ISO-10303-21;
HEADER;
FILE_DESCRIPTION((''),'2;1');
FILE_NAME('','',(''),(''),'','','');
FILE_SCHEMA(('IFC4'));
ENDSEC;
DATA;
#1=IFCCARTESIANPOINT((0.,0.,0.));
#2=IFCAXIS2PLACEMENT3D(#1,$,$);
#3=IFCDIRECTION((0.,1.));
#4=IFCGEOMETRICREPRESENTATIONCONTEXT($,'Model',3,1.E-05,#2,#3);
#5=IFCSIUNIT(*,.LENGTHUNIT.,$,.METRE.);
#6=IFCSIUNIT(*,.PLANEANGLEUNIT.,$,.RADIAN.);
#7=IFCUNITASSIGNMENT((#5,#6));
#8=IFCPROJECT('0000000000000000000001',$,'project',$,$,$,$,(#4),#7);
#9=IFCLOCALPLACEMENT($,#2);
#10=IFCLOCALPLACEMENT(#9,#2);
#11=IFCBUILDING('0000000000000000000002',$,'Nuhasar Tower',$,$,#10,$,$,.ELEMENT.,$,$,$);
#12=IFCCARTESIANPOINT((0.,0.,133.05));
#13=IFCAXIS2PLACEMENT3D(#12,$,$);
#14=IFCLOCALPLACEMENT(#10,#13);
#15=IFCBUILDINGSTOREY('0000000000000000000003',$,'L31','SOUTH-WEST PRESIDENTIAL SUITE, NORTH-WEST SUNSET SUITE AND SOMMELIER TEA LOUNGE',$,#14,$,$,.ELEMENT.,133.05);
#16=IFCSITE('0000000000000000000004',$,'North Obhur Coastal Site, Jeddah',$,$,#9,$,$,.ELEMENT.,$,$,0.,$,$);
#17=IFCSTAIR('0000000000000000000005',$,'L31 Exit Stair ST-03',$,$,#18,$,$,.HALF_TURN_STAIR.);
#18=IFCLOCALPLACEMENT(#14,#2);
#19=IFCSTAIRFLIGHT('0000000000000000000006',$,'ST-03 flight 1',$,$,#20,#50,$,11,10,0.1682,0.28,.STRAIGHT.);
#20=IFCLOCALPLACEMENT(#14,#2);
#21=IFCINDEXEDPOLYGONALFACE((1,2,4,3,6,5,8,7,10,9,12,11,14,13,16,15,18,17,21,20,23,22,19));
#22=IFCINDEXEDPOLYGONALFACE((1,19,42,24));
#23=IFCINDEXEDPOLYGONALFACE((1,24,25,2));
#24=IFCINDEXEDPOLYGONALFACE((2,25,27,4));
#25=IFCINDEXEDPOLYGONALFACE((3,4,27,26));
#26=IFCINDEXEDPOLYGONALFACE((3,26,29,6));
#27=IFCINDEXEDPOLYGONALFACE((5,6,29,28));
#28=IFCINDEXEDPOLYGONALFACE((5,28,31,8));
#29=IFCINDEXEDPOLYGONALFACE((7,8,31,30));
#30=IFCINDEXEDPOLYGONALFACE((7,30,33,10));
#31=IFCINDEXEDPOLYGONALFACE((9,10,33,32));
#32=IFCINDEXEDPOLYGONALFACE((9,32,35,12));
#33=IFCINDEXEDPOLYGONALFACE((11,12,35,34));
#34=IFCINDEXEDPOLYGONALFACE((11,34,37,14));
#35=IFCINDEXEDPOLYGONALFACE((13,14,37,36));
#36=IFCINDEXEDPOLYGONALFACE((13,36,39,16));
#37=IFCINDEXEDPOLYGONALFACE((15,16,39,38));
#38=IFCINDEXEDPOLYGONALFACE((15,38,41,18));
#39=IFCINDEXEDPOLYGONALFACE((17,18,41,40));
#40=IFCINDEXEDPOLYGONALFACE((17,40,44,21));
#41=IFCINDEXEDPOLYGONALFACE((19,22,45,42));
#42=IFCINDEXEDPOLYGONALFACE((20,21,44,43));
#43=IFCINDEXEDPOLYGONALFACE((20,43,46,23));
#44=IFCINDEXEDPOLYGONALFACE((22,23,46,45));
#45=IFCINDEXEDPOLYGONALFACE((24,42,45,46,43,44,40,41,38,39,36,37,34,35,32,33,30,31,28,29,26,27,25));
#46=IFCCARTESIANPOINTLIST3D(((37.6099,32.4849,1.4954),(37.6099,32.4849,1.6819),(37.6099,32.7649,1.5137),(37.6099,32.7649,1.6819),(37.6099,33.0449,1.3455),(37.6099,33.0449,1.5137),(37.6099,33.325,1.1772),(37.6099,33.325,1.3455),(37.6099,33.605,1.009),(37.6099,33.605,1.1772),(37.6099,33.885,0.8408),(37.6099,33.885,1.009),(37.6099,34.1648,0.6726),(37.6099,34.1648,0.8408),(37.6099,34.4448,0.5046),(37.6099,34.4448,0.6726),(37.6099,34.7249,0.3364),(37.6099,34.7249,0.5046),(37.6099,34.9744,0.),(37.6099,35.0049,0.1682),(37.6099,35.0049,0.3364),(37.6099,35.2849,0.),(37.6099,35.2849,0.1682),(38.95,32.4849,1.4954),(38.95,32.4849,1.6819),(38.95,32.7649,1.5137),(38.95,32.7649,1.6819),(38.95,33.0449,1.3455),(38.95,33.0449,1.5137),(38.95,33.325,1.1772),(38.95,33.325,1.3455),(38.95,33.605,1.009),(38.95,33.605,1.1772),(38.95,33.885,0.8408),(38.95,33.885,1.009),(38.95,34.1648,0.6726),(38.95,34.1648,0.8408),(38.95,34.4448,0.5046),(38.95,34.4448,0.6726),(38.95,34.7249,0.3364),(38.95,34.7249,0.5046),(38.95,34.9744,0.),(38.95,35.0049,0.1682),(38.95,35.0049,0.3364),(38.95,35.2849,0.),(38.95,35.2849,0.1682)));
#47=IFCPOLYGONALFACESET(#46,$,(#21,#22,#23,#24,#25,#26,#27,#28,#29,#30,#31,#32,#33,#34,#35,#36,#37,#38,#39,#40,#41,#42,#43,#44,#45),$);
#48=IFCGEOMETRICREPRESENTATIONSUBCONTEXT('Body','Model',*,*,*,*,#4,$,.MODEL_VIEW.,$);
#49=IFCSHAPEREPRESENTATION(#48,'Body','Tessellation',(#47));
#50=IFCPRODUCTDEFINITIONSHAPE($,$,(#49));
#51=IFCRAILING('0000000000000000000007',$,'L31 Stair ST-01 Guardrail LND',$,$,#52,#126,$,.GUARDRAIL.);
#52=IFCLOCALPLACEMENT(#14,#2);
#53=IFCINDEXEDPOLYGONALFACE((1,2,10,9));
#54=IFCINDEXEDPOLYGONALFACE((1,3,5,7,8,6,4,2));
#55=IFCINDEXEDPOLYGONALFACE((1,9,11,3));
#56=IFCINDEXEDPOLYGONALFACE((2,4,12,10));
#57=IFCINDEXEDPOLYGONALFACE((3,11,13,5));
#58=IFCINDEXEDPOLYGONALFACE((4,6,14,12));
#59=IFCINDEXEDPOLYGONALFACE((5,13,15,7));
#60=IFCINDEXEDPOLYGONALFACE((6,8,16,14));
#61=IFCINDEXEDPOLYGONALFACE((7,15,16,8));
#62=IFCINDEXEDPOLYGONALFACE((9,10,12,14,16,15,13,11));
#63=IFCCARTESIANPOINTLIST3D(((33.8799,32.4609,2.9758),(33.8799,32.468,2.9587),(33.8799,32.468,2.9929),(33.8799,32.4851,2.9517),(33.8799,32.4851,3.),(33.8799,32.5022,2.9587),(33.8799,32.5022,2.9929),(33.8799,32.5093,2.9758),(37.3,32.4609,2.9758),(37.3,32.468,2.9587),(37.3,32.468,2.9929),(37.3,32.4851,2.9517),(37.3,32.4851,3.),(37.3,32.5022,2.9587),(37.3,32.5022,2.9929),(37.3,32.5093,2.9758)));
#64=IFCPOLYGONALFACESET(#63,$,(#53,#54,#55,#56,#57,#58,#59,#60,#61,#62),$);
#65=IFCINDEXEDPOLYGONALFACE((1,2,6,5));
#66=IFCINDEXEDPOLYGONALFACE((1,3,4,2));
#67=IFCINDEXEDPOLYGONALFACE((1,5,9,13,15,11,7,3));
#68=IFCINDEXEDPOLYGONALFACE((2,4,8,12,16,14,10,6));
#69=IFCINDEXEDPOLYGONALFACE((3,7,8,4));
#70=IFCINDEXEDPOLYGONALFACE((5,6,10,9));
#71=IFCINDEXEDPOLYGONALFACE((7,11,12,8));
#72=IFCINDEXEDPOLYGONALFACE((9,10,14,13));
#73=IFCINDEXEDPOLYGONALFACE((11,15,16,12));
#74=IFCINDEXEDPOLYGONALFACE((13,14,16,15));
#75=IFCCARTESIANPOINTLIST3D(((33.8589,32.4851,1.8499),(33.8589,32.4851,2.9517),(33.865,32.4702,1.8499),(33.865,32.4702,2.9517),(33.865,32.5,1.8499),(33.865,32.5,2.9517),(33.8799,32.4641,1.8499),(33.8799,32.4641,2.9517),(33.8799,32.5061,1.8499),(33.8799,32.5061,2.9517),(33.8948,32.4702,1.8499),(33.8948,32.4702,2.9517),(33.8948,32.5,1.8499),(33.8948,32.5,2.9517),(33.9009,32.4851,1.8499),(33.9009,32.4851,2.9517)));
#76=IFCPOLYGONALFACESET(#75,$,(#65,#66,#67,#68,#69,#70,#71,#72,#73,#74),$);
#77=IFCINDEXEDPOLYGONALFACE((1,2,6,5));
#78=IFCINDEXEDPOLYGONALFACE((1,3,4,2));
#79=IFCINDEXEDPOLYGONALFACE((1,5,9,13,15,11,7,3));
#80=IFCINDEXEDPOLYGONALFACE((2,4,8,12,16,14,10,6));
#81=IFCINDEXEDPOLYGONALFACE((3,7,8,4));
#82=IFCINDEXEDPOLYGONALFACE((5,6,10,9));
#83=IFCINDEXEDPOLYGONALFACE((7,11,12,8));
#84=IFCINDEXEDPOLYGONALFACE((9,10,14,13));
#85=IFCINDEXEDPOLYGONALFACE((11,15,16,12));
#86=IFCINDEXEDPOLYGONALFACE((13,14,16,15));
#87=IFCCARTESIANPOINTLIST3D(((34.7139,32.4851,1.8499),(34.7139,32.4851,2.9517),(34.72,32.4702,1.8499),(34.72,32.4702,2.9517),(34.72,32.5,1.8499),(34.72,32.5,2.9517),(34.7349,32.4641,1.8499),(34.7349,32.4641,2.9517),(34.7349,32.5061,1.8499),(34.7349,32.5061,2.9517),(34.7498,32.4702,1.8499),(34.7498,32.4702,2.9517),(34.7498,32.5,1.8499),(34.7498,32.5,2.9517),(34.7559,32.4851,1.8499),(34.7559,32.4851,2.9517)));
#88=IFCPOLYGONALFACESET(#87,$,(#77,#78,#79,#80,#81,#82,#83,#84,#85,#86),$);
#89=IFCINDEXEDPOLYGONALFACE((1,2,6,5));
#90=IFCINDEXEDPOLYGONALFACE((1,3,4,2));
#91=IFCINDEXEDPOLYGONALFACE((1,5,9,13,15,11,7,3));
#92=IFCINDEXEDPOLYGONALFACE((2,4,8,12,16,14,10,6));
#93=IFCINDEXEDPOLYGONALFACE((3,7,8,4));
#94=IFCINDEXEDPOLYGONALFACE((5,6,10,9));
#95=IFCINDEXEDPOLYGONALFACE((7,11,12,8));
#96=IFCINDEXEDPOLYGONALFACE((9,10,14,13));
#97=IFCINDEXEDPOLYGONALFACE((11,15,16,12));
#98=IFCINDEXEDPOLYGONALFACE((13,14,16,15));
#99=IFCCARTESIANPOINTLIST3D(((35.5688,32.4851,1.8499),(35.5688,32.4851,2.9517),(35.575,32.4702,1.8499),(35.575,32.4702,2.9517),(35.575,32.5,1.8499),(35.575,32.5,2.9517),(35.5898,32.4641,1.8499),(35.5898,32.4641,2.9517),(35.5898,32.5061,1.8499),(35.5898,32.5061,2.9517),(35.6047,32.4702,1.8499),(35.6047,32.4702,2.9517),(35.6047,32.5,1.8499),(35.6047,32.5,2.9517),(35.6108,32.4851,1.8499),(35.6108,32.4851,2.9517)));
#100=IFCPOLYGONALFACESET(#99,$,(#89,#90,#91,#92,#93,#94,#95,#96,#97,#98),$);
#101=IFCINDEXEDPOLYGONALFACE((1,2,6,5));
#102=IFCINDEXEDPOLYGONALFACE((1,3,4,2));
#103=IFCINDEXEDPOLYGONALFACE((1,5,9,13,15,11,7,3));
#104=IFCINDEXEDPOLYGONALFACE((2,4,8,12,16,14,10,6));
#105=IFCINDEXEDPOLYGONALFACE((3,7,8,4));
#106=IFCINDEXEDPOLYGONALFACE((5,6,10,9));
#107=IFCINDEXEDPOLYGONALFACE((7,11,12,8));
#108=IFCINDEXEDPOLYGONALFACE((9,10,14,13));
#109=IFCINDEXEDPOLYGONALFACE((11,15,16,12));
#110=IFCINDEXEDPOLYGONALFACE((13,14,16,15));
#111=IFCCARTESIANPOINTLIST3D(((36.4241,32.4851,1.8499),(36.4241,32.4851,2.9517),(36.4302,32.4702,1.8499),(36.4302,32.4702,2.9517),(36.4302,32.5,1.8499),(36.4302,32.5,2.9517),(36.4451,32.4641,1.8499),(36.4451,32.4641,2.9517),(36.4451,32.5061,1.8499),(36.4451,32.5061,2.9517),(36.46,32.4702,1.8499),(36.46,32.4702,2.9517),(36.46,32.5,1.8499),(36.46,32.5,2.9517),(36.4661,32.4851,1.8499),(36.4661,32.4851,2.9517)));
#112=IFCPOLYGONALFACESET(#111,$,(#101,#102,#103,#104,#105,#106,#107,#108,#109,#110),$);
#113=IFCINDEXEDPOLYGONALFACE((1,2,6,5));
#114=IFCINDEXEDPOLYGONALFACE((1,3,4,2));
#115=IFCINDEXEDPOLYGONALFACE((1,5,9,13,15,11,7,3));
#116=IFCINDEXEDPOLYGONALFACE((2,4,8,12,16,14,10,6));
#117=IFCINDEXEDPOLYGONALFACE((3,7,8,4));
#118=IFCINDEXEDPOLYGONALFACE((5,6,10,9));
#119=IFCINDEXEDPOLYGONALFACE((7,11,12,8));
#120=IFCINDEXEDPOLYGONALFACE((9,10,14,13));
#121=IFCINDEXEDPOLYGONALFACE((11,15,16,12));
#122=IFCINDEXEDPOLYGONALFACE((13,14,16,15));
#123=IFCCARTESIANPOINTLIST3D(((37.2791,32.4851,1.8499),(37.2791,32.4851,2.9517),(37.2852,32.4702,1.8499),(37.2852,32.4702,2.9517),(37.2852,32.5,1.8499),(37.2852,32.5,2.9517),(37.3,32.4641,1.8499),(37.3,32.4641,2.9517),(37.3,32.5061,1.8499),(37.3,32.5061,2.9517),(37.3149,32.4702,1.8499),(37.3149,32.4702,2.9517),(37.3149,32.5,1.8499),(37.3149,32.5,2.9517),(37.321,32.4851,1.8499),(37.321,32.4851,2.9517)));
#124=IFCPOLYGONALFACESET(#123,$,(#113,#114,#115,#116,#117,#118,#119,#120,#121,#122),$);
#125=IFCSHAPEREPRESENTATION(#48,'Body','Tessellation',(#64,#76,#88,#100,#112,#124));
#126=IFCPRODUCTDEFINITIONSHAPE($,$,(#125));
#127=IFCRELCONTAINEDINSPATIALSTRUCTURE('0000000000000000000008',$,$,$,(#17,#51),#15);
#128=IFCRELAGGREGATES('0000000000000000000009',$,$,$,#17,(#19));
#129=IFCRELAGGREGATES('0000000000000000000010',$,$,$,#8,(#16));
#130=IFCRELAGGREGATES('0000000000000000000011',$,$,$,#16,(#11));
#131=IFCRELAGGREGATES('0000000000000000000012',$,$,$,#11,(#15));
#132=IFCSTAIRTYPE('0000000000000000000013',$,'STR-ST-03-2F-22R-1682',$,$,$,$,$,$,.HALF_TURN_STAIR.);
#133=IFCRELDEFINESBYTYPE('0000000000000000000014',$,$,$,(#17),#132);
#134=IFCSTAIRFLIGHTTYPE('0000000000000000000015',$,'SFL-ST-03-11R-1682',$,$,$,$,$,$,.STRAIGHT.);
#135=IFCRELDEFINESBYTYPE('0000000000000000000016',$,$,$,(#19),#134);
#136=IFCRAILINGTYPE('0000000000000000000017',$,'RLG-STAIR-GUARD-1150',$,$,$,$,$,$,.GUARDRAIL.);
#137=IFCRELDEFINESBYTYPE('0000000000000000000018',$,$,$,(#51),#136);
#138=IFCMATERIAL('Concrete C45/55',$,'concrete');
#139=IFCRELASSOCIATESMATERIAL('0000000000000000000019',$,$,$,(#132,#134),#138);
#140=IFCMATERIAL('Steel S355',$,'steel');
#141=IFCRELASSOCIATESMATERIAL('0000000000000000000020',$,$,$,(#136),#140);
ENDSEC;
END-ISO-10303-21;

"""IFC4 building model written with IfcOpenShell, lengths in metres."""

from ifc_helpers import new_model, si_unit, direction, frame, origin, place, context, subcontext, project, spatial, polyline, outline, extrude, material, type_object, element, aggregate, save


model = new_model("IFC4")

# Units and contexts
model_context = context("Model", 3, precision=1e-05, world=origin(), true_north=direction((0.0, 1.0)))
body_context = subcontext(model_context, "Body", "Model", "MODEL_VIEW")
ifc_project = project(units=[si_unit("LENGTHUNIT", "METRE"), si_unit("PLANEANGLEUNIT", "RADIAN")], contexts=[model_context])

# Site, building, storey
site_placement = place(None, origin())
site = spatial("IfcSite", under=ifc_project, at=site_placement, Name="North Obhur Coastal Site, Jeddah", CompositionType="ELEMENT", RefElevation=0.0)
building_placement = place(site_placement, origin())
building = spatial("IfcBuilding", under=site, at=building_placement, Name="Nuhasar Tower", CompositionType="ELEMENT")
storey_placement = place(building_placement, frame((0.0, 0.0, 133.05)))
storey = spatial("IfcBuildingStorey", under=building, at=storey_placement, Name="L31", Description="SOUTH-WEST PRESIDENTIAL SUITE, NORTH-WEST SUNSET SUITE AND SOMMELIER TEA LOUNGE", CompositionType="ELEMENT", Elevation=133.05)

# Shared definitions
ifc_material_1 = material(Name="Steel S355", Category="steel")

# Shared definitions
ifc_material_2 = material(Name="Concrete C45/55", Category="concrete")

# Stair, stair flight
stair_type_1 = type_object("IfcStairType", Name="STR-ST-03-2F-22R-1682", PredefinedType="HALF_TURN_STAIR", material=ifc_material_2)
stair_1_placement = place(storey_placement, origin())
stair_1 = element("IfcStair", 1, at=stair_1_placement, inside=storey, type_object=stair_type_1, Name="L31 Exit Stair ST-03", PredefinedType="HALF_TURN_STAIR")
stair_flight_type_1 = type_object("IfcStairFlightType", Name="SFL-ST-03-11R-1682", PredefinedType="STRAIGHT", material=ifc_material_2)
stair_flight_1_placement = place(storey_placement, frame((38.28, 35.2849, 0.0), z_axis=(0.0, 0.0, 1.0), x_axis=(0.0, -1.0, 0.0)))
stair_flight_1 = element("IfcStairFlight", 2, at=stair_flight_1_placement, type_object=stair_flight_type_1, Name="ST-03 flight 1", NumberOfRisers=11, NumberOfTreads=10, PredefinedType="STRAIGHT", RiserHeight=0.1682, TreadLength=0.28, context=body_context, shape_type="SweptSolid", body=[
    extrude(outline(polyline([(0.0, 0.0), (0.0, 0.1682), (0.28, 0.1682), (0.28, 0.3364), (0.5601, 0.3364), (0.5601, 0.5046), (0.8401, 0.5046), (0.8401, 0.6726), (1.1201, 0.6726), (1.1201, 0.8408), (1.3999, 0.8408), (1.3999, 1.009), (1.6799, 1.009), (1.6799, 1.1772), (1.96, 1.1772), (1.96, 1.3455), (2.24, 1.3455), (2.24, 1.5137), (2.52, 1.5137), (2.52, 1.6819), (2.8, 1.6819), (2.8, 1.8501), (2.8, 1.4954), (0.3105, 0.0), (0.0, 0.0)])), frame((0.0, 0.6699, 0.0), z_axis=(0.0, -1.0, 0.0), x_axis=(1.0, 0.0, 0.0)), (0.0, 0.0, 1.0), 1.3401),
])
aggregate(stair_1, [stair_flight_1])

# Railing
railing_type_1 = type_object("IfcRailingType", Name="RLG-STAIR-GUARD-1150", PredefinedType="GUARDRAIL", material=ifc_material_1)
railing_1_placement = place(storey_placement, frame((33.8799, 32.4851, 1.8499)))
element("IfcRailing", 3, at=railing_1_placement, inside=storey, type_object=railing_type_1, Name="L31 Stair ST-01 Guardrail LND", PredefinedType="GUARDRAIL", context=body_context, shape_type="SweptSolid", body=[
    extrude(outline(polyline([(0.0242, 0.0), (0.0171, 0.0171), (0.0, 0.0242), (-0.0171, 0.0171), (-0.0242, 0.0), (-0.0171, -0.0171), (0.0, -0.0242), (0.0171, -0.0171), (0.0242, 0.0)])), frame((0.0, 0.0, 1.126), z_axis=(1.0, 0.0, 0.0), x_axis=(0.0, 1.0, 0.0)), (0.0, 0.0, 1.0), 3.4202),
    extrude(outline(polyline([(0.021, 0.0), (0.0149, 0.0149), (0.0, 0.021), (-0.0149, 0.0149), (-0.021, 0.0), (-0.0149, -0.0149), (0.0, -0.021), (0.0149, -0.0149), (0.021, 0.0)])), origin(), (0.0, 0.0, 1.0), 1.1018),
    extrude(outline(polyline([(0.021, 0.0), (0.0149, 0.0149), (0.0, 0.021), (-0.0149, 0.0149), (-0.021, 0.0), (-0.0149, -0.0149), (0.0, -0.021), (0.0149, -0.0149), (0.021, 0.0)])), frame((0.855, 0.0, 0.0)), (0.0, 0.0, 1.0), 1.1018),
    extrude(outline(polyline([(0.021, 0.0), (0.0149, 0.0149), (0.0, 0.021), (-0.0149, 0.0149), (-0.021, 0.0), (-0.0149, -0.0149), (0.0, -0.021), (0.0149, -0.0149), (0.021, 0.0)])), frame((1.71, 0.0, 0.0)), (0.0, 0.0, 1.0), 1.1018),
    extrude(outline(polyline([(0.021, 0.0), (0.0149, 0.0149), (0.0, 0.021), (-0.0149, 0.0149), (-0.021, 0.0), (-0.0149, -0.0149), (0.0, -0.021), (0.0149, -0.0149), (0.021, 0.0)])), frame((2.5652, 0.0, 0.0)), (0.0, 0.0, 1.0), 1.1018),
    extrude(outline(polyline([(0.021, 0.0), (0.0149, 0.0149), (0.0, 0.021), (-0.0149, 0.0149), (-0.021, 0.0), (-0.0149, -0.0149), (0.0, -0.021), (0.0149, -0.0149), (0.021, 0.0)])), frame((3.4202, 0.0, 0.0)), (0.0, 0.0, 1.0), 1.1018),
])

save(model, "model.ifc")
